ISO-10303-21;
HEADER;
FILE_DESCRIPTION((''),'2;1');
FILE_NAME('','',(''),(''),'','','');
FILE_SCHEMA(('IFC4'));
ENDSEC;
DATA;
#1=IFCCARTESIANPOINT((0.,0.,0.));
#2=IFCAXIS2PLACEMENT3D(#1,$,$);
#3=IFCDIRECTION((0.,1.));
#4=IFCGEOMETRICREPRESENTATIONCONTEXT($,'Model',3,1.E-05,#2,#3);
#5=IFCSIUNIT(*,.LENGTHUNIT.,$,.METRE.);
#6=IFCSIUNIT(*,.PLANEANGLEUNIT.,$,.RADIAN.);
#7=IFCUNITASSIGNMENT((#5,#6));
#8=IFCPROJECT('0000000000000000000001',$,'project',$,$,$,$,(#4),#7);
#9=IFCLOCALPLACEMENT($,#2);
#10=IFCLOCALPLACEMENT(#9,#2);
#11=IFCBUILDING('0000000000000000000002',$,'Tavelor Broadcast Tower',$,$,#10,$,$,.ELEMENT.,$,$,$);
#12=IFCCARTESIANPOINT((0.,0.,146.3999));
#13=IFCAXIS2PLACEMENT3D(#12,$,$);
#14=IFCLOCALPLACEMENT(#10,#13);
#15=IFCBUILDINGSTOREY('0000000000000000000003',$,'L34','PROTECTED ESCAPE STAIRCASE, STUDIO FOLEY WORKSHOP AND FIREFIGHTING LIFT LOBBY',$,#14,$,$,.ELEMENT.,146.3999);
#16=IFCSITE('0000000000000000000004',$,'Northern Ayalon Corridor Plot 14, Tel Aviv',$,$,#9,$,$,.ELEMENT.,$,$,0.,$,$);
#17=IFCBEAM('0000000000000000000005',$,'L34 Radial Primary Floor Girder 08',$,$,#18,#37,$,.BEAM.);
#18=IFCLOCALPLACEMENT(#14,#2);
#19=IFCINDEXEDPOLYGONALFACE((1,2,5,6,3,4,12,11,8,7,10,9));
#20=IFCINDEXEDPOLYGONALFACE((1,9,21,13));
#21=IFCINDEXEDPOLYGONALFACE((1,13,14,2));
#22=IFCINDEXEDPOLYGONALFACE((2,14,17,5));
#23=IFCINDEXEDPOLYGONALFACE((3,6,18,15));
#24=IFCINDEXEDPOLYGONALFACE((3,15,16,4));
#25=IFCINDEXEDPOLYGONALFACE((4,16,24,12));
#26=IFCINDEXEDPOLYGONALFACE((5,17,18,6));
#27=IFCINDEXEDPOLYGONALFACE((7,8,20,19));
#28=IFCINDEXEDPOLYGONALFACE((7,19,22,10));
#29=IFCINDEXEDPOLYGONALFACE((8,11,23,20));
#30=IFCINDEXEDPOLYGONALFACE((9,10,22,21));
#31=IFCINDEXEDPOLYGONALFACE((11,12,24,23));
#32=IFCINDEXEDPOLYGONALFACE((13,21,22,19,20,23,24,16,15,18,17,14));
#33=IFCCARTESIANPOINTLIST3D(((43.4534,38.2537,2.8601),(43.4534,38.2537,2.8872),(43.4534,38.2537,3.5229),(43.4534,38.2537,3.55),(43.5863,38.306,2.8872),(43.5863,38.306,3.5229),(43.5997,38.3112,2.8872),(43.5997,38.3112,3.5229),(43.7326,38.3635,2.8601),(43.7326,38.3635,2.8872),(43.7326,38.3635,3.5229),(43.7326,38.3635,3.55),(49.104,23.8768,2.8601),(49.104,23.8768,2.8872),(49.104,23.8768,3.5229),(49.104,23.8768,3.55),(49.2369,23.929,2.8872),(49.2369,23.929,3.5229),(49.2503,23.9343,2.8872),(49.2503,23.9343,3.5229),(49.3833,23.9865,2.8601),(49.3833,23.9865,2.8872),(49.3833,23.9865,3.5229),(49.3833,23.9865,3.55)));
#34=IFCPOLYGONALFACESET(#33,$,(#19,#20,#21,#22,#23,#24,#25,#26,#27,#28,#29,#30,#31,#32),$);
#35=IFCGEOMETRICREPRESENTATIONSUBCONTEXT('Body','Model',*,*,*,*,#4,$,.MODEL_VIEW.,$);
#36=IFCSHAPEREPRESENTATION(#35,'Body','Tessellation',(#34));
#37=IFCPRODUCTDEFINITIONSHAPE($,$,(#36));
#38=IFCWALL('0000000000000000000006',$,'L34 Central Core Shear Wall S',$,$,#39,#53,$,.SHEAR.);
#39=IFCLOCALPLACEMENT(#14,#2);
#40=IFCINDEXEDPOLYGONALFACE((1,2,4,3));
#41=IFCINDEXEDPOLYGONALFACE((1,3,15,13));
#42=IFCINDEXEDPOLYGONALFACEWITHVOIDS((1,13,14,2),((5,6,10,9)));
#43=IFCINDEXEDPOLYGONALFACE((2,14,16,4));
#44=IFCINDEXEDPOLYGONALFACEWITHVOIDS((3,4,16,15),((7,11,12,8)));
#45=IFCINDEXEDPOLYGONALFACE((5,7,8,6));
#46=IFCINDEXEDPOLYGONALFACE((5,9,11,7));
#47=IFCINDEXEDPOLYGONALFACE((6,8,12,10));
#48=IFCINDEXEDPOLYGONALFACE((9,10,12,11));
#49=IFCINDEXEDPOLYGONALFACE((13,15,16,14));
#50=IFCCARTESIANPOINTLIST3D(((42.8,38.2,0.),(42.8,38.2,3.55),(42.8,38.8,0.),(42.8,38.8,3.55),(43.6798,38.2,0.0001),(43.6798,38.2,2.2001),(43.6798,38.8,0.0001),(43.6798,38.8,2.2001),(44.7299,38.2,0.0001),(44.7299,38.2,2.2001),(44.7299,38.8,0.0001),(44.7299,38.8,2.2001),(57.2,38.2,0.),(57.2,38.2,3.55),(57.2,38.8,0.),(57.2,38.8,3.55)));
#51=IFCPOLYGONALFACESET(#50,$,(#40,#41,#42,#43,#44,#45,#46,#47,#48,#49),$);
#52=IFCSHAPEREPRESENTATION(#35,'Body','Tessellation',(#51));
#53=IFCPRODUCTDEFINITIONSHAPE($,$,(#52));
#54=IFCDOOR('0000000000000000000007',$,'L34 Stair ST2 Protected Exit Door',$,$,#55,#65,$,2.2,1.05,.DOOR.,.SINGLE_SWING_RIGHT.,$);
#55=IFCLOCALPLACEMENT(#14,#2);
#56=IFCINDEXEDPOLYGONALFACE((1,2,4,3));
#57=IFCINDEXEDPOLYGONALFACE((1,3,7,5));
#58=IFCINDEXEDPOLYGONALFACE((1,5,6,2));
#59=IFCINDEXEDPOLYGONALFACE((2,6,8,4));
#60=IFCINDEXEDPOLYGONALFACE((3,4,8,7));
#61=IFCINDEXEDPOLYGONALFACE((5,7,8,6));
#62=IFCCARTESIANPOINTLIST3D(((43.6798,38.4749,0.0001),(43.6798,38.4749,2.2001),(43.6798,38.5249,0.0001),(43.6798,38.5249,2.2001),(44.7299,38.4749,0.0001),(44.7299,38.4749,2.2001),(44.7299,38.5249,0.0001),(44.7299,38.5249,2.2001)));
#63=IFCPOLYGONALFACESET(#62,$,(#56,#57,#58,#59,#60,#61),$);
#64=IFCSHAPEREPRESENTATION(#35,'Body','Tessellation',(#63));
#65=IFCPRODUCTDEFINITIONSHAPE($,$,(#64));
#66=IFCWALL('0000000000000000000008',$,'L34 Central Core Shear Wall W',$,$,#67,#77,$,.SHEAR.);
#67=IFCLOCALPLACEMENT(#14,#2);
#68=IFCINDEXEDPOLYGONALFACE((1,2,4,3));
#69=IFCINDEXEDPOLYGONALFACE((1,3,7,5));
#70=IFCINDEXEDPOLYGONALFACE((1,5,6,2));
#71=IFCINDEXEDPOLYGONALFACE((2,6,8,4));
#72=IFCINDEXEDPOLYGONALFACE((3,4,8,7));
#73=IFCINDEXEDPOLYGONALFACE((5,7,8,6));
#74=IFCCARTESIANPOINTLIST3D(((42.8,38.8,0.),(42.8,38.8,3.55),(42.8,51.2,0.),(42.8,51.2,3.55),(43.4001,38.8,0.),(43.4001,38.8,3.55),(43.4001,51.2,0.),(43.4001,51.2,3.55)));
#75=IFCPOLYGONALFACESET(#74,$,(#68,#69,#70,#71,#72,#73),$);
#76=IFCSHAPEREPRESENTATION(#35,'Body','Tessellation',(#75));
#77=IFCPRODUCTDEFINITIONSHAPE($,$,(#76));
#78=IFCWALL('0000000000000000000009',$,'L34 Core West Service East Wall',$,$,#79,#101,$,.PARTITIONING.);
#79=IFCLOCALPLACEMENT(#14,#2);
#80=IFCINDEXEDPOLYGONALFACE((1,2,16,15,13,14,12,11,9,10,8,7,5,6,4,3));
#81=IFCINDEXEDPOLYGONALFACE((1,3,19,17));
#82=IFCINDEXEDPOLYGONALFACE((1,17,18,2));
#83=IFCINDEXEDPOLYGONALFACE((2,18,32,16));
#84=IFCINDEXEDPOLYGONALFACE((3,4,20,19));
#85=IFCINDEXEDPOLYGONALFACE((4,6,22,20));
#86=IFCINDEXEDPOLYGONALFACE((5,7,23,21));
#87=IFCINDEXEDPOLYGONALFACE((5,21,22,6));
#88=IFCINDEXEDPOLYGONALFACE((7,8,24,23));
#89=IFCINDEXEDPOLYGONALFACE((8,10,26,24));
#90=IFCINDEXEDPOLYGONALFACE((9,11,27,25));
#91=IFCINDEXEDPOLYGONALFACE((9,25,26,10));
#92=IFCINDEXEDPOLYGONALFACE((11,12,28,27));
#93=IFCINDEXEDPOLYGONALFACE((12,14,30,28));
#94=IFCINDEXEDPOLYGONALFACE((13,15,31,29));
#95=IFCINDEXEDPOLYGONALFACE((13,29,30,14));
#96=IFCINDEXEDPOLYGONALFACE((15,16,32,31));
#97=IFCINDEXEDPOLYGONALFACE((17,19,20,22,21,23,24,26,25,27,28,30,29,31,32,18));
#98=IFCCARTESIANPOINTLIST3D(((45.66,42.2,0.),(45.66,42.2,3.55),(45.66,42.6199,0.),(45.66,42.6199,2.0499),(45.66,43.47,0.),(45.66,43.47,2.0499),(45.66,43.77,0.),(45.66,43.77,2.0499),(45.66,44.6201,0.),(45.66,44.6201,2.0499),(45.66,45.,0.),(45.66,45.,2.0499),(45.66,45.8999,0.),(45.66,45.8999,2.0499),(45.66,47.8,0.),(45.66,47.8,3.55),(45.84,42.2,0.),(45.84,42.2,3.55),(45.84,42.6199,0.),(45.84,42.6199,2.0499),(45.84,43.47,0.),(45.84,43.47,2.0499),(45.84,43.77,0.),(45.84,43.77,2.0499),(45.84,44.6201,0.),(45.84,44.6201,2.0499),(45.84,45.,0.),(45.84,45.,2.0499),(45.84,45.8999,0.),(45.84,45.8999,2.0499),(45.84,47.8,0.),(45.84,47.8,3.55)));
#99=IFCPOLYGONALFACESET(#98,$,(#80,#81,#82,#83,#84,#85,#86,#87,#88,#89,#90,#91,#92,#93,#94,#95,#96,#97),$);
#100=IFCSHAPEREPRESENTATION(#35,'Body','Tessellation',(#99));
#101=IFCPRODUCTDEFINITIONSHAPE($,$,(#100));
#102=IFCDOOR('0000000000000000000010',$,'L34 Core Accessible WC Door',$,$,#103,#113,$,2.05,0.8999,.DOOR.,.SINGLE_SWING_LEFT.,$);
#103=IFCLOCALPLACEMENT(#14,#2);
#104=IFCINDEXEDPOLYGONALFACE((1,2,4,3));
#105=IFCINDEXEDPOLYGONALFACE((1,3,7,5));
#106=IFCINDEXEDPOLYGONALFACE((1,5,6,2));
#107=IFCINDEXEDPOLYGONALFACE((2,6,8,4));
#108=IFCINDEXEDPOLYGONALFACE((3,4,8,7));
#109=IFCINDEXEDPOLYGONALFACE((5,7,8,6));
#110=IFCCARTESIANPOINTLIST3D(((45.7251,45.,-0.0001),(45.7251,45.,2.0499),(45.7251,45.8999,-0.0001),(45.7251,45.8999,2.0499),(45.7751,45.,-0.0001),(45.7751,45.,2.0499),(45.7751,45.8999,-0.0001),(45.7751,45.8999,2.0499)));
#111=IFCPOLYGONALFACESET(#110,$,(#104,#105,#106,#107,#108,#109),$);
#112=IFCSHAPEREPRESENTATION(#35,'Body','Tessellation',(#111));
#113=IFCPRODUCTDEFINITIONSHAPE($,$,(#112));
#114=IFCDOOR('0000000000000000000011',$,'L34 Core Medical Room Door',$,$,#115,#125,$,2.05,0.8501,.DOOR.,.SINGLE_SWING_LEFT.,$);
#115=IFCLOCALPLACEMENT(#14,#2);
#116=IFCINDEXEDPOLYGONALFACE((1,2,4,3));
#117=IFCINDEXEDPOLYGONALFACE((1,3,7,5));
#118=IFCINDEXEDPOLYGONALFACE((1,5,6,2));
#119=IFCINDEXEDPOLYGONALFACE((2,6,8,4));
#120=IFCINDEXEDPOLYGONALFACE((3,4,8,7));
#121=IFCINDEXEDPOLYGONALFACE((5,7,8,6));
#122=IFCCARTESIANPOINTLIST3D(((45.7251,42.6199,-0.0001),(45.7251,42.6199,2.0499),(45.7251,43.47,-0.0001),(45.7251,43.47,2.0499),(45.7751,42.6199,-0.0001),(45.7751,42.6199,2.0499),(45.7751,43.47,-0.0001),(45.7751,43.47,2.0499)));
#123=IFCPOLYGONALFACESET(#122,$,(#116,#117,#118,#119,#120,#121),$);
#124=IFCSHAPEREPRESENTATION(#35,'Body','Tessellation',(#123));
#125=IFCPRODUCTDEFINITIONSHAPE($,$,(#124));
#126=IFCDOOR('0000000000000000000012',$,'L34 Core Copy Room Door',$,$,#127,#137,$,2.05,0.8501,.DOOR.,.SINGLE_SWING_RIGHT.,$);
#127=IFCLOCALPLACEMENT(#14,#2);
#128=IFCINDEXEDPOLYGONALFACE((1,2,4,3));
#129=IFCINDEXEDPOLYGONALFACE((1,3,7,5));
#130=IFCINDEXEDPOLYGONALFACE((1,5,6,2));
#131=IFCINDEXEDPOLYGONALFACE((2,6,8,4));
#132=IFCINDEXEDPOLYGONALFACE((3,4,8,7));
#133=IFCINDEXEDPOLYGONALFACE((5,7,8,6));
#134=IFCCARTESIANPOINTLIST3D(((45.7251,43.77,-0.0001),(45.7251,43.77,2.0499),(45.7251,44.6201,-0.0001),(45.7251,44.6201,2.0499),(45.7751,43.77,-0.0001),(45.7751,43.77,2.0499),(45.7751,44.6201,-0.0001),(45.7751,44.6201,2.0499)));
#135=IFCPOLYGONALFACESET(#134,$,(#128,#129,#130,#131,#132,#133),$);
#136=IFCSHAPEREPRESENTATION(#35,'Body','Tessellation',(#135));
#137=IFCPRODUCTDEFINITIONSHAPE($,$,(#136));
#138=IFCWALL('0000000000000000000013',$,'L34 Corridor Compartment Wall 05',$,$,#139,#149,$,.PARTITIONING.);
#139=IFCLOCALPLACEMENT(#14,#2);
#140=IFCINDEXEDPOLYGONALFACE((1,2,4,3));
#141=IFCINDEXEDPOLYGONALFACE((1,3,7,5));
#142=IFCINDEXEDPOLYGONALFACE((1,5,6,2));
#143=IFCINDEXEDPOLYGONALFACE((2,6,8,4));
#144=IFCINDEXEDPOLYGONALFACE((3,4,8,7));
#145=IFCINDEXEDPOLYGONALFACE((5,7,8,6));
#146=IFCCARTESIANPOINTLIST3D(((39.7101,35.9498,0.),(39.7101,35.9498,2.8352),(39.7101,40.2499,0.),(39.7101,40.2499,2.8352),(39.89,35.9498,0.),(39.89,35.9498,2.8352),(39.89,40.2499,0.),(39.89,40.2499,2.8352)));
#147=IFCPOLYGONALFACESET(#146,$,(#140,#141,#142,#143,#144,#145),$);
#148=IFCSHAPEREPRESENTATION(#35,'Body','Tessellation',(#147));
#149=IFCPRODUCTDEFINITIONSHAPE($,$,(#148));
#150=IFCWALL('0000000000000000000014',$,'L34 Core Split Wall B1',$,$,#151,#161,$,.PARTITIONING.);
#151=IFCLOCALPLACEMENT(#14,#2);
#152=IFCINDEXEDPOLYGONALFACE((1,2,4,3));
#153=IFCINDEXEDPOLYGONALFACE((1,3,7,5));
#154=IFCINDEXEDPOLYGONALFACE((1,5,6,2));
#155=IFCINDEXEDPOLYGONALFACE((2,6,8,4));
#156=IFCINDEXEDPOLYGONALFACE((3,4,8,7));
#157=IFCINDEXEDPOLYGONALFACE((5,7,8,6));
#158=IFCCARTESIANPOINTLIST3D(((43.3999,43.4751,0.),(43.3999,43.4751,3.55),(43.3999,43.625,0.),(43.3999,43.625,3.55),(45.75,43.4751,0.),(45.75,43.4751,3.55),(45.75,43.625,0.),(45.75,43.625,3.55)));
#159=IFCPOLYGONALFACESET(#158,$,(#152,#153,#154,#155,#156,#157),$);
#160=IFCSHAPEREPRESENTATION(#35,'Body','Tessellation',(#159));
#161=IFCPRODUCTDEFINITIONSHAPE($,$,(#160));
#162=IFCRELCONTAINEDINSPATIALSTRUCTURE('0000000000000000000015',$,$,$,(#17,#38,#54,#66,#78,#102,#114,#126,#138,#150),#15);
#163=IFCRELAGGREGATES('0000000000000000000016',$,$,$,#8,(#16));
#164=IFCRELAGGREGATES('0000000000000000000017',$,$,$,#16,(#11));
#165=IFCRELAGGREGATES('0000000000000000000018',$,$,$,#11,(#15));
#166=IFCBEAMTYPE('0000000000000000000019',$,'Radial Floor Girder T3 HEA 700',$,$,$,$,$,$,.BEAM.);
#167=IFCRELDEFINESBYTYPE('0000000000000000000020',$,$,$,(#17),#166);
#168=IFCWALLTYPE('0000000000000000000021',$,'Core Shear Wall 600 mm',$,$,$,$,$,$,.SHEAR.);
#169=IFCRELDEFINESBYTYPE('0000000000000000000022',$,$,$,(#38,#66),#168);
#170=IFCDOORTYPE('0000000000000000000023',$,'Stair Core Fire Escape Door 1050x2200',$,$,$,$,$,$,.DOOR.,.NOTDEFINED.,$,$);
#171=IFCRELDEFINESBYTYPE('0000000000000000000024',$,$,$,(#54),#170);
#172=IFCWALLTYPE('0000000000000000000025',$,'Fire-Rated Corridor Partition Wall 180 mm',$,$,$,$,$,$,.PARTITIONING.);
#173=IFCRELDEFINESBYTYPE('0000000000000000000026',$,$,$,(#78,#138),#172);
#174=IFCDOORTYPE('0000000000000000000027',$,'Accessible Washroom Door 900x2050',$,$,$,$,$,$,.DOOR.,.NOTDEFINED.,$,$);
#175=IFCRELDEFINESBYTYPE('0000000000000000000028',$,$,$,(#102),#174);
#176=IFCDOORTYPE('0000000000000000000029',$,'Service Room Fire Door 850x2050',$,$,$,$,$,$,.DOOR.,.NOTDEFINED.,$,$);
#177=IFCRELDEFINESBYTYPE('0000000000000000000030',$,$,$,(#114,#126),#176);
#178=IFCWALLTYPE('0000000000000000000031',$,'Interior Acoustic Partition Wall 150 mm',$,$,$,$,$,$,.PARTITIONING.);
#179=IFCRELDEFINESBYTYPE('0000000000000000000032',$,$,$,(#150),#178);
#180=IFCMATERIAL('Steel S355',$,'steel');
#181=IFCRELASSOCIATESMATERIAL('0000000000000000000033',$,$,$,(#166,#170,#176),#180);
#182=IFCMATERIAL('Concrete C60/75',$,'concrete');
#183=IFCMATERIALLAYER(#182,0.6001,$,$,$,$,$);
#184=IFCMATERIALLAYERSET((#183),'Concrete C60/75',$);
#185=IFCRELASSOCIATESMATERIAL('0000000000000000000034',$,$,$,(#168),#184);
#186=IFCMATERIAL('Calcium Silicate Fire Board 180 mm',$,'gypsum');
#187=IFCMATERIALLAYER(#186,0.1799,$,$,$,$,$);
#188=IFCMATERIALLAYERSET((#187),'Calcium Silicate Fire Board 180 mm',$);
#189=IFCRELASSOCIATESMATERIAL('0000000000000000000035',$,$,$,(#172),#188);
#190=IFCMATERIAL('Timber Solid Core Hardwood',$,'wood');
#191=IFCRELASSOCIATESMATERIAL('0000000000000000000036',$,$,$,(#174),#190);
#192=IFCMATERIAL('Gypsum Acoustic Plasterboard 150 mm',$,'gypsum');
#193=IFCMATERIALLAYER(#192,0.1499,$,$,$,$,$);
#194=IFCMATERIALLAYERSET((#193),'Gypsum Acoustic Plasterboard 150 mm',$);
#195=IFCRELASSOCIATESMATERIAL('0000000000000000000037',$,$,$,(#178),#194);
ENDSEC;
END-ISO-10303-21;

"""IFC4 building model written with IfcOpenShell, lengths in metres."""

from ifc_helpers import new_model, si_unit, direction, frame, frame_2d, origin, origin_2d, place, context, subcontext, project, spatial, rectangle, i_section, extrude, material, layer, layer_set, material_profile, profile_set, type_object, element, fill, save


model = new_model("IFC4")

# Units and contexts
model_context = context("Model", 3, precision=1e-05, world=origin(), true_north=direction((0.0, 1.0)))
body_context = subcontext(model_context, "Body", "Model", "MODEL_VIEW")
ifc_project = project(units=[si_unit("LENGTHUNIT", "METRE"), si_unit("PLANEANGLEUNIT", "RADIAN")], contexts=[model_context])

# Site, building, storey
site_placement = place(None, origin())
site = spatial("IfcSite", under=ifc_project, at=site_placement, Name="Northern Ayalon Corridor Plot 14, Tel Aviv", CompositionType="ELEMENT", RefElevation=0.0)
building_placement = place(site_placement, origin())
building = spatial("IfcBuilding", under=site, at=building_placement, Name="Tavelor Broadcast Tower", CompositionType="ELEMENT")
storey_placement = place(building_placement, frame((0.0, 0.0, 146.3999)))
storey = spatial("IfcBuildingStorey", under=building, at=storey_placement, Name="L34", Description="PROTECTED ESCAPE STAIRCASE, STUDIO FOLEY WORKSHOP AND FIREFIGHTING LIFT LOBBY", CompositionType="ELEMENT", Elevation=146.3999)

# Shared definitions
ifc_material_1 = material(Name="Concrete C60/75", Category="concrete")

# Beam
ifc_material_2 = material(Name="Steel S355", Category="steel")
ifc_material_profile_1 = material_profile(ifc_material_2, i_section(OverallWidth=0.3, OverallDepth=0.6899, WebThickness=0.0144, FlangeThickness=0.0271, at=origin_2d()), Name="HEA 700")
ifc_profile_set_1 = profile_set([ifc_material_profile_1], Name="Steel S355")
beam_type_1 = type_object("IfcBeamType", Name="Radial Floor Girder T3 HEA 700", PredefinedType="BEAM", material=ifc_profile_set_1)
beam_1_placement = place(storey_placement, frame((43.593, 38.3086, 3.2051), z_axis=(0.365795, -0.930695, 0.0), x_axis=(0.930695, 0.365795, 0.0)))
element("IfcBeam", 1, at=beam_1_placement, inside=storey, type_object=beam_type_1, Name="L34 Radial Primary Floor Girder 08", PredefinedType="BEAM", context=body_context, shape_type="SweptSolid", body=[
    extrude(i_section(OverallWidth=0.3, OverallDepth=0.6899, WebThickness=0.0144, FlangeThickness=0.0271, at=origin_2d()), origin(), (0.0, 0.0, 1.0), 15.4475),
])

# Wall, opening, door
ifc_layer_1 = layer(ifc_material_1, 0.6001)
ifc_layer_set_1 = layer_set([ifc_layer_1], Name="Concrete C60/75")
wall_type_1 = type_object("IfcWallType", Name="Core Shear Wall 600 mm", PredefinedType="SHEAR", material=ifc_layer_set_1)
wall_1_placement = place(storey_placement, frame((42.8, 38.5, 0.0), z_axis=(0.0, 0.0, 1.0), x_axis=(1.0, 0.0, 0.0)))
wall_1 = element("IfcWall", 2, at=wall_1_placement, inside=storey, type_object=wall_type_1, Name="L34 Central Core Shear Wall S", PredefinedType="SHEAR", context=body_context, shape_type="SweptSolid", body=[
    extrude(rectangle(XDim=14.3999, YDim=0.6001, at=frame_2d((7.2, 0.0))), origin(), (0.0, 0.0, 1.0), 3.55),
])
opening_1_placement = place(wall_1_placement, frame((0.8799, 0.0, 0.0)))
opening_1 = element("IfcOpeningElement", 3, at=opening_1_placement, cuts=wall_1, PredefinedType="OPENING", context=body_context, shape_type="SweptSolid", body=[
    extrude(rectangle(XDim=1.05, YDim=2.2, at=frame_2d((0.5249, 1.1001))), frame((0.0, 0.3101, 0.0), z_axis=(0.0, -1.0, 0.0), x_axis=(1.0, 0.0, 0.0)), (0.0, 0.0, 1.0), 0.6201),
])
door_type_1 = type_object("IfcDoorType", Name="Stair Core Fire Escape Door 1050x2200", OperationType="NOTDEFINED", PredefinedType="DOOR", material=ifc_material_2)
door_1_placement = place(opening_1_placement, origin())
door_1 = element("IfcDoor", 4, at=door_1_placement, inside=storey, type_object=door_type_1, Name="L34 Stair ST2 Protected Exit Door", OperationType="SINGLE_SWING_RIGHT", OverallHeight=2.2, OverallWidth=1.05, PredefinedType="DOOR", context=body_context, shape_type="SweptSolid", body=[
    extrude(rectangle(XDim=1.05, YDim=2.2, at=frame_2d((0.5249, 1.1001))), frame((0.0, 0.0249, 0.0), z_axis=(0.0, -1.0, 0.0), x_axis=(1.0, 0.0, 0.0)), (0.0, 0.0, 1.0), 0.05),
])
fill(opening_1, door_1)

# Wall
wall_2_placement = place(storey_placement, frame((43.1001, 38.8, 0.0), z_axis=(0.0, 0.0, 1.0), x_axis=(0.0, 1.0, 0.0)))
element("IfcWall", 5, at=wall_2_placement, inside=storey, type_object=wall_type_1, Name="L34 Central Core Shear Wall W", PredefinedType="SHEAR", context=body_context, shape_type="SweptSolid", body=[
    extrude(rectangle(XDim=12.3999, YDim=0.6001, at=frame_2d((6.2, 0.0))), origin(), (0.0, 0.0, 1.0), 3.55),
])

# Wall, openings, doors
ifc_material_3 = material(Name="Calcium Silicate Fire Board 180 mm", Category="gypsum")
ifc_layer_2 = layer(ifc_material_3, 0.1799)
ifc_layer_set_2 = layer_set([ifc_layer_2], Name="Calcium Silicate Fire Board 180 mm")
wall_type_2 = type_object("IfcWallType", Name="Fire-Rated Corridor Partition Wall 180 mm", PredefinedType="PARTITIONING", material=ifc_layer_set_2)
wall_3_placement = place(storey_placement, frame((45.75, 42.2, 0.0), z_axis=(0.0, 0.0, 1.0), x_axis=(0.0, 1.0, 0.0)))
wall_3 = element("IfcWall", 6, at=wall_3_placement, inside=storey, type_object=wall_type_2, Name="L34 Core West Service East Wall", PredefinedType="PARTITIONING", context=body_context, shape_type="SweptSolid", body=[
    extrude(rectangle(XDim=5.6001, YDim=0.1799, at=frame_2d((2.8, 0.0))), origin(), (0.0, 0.0, 1.0), 3.55),
])
opening_2_placement = place(wall_3_placement, frame((0.4199, 0.0, 0.0)))
opening_2 = element("IfcOpeningElement", 7, at=opening_2_placement, cuts=wall_3, PredefinedType="OPENING", context=body_context, shape_type="SweptSolid", body=[
    extrude(rectangle(XDim=0.8501, YDim=2.05, at=frame_2d((0.425, 1.0249))), frame((0.0, 0.1001, 0.0), z_axis=(0.0, -1.0, 0.0), x_axis=(1.0, 0.0, 0.0)), (0.0, 0.0, 1.0), 0.2),
])
opening_3_placement = place(wall_3_placement, frame((1.5701, 0.0, 0.0)))
opening_3 = element("IfcOpeningElement", 8, at=opening_3_placement, cuts=wall_3, PredefinedType="OPENING", context=body_context, shape_type="SweptSolid", body=[
    extrude(rectangle(XDim=0.8501, YDim=2.05, at=frame_2d((0.425, 1.0249))), frame((0.0, 0.1001, 0.0), z_axis=(0.0, -1.0, 0.0), x_axis=(1.0, 0.0, 0.0)), (0.0, 0.0, 1.0), 0.2),
])
opening_4_placement = place(wall_3_placement, frame((2.8, 0.0, 0.0)))
opening_4 = element("IfcOpeningElement", 9, at=opening_4_placement, cuts=wall_3, PredefinedType="OPENING", context=body_context, shape_type="SweptSolid", body=[
    extrude(rectangle(XDim=0.8999, YDim=2.05, at=frame_2d((0.45, 1.0249))), frame((0.0, 0.1001, 0.0), z_axis=(0.0, -1.0, 0.0), x_axis=(1.0, 0.0, 0.0)), (0.0, 0.0, 1.0), 0.2),
])
ifc_material_4 = material(Name="Timber Solid Core Hardwood", Category="wood")
door_type_2 = type_object("IfcDoorType", Name="Accessible Washroom Door 900x2050", OperationType="NOTDEFINED", PredefinedType="DOOR", material=ifc_material_4)
door_2_placement = place(opening_4_placement, origin())
door_2 = element("IfcDoor", 10, at=door_2_placement, inside=storey, type_object=door_type_2, Name="L34 Core Accessible WC Door", OperationType="SINGLE_SWING_LEFT", OverallHeight=2.05, OverallWidth=0.8999, PredefinedType="DOOR", context=body_context, shape_type="SweptSolid", body=[
    extrude(rectangle(XDim=0.8999, YDim=2.05, at=frame_2d((0.45, 1.0249))), frame((0.0, 0.0249, 0.0), z_axis=(0.0, -1.0, 0.0), x_axis=(1.0, 0.0, 0.0)), (0.0, 0.0, 1.0), 0.05),
])
fill(opening_4, door_2)
door_type_3 = type_object("IfcDoorType", Name="Service Room Fire Door 850x2050", OperationType="NOTDEFINED", PredefinedType="DOOR", material=ifc_material_2)
door_3_placement = place(opening_2_placement, origin())
door_3 = element("IfcDoor", 11, at=door_3_placement, inside=storey, type_object=door_type_3, Name="L34 Core Medical Room Door", OperationType="SINGLE_SWING_LEFT", OverallHeight=2.05, OverallWidth=0.8501, PredefinedType="DOOR", context=body_context, shape_type="SweptSolid", body=[
    extrude(rectangle(XDim=0.8501, YDim=2.05, at=frame_2d((0.425, 1.0249))), frame((0.0, 0.0249, 0.0), z_axis=(0.0, -1.0, 0.0), x_axis=(1.0, 0.0, 0.0)), (0.0, 0.0, 1.0), 0.05),
])
fill(opening_2, door_3)
door_4_placement = place(opening_3_placement, origin())
door_4 = element("IfcDoor", 12, at=door_4_placement, inside=storey, type_object=door_type_3, Name="L34 Core Copy Room Door", OperationType="SINGLE_SWING_RIGHT", OverallHeight=2.05, OverallWidth=0.8501, PredefinedType="DOOR", context=body_context, shape_type="SweptSolid", body=[
    extrude(rectangle(XDim=0.8501, YDim=2.05, at=frame_2d((0.425, 1.0249))), frame((0.0, 0.0249, 0.0), z_axis=(0.0, -1.0, 0.0), x_axis=(1.0, 0.0, 0.0)), (0.0, 0.0, 1.0), 0.05),
])
fill(opening_3, door_4)

# Walls
wall_4_placement = place(storey_placement, frame((39.8, 35.95, 0.0), z_axis=(0.0, 0.0, 1.0), x_axis=(0.0, 1.0, 0.0)))
element("IfcWall", 13, at=wall_4_placement, inside=storey, type_object=wall_type_2, Name="L34 Corridor Compartment Wall 05", PredefinedType="PARTITIONING", context=body_context, shape_type="SweptSolid", body=[
    extrude(rectangle(XDim=4.3, YDim=0.1799, at=frame_2d((2.1499, 0.0))), origin(), (0.0, 0.0, 1.0), 2.8352),
])
ifc_material_5 = material(Name="Gypsum Acoustic Plasterboard 150 mm", Category="gypsum")
ifc_layer_3 = layer(ifc_material_5, 0.1499)
ifc_layer_set_3 = layer_set([ifc_layer_3], Name="Gypsum Acoustic Plasterboard 150 mm")
wall_type_3 = type_object("IfcWallType", Name="Interior Acoustic Partition Wall 150 mm", PredefinedType="PARTITIONING", material=ifc_layer_set_3)
for number, where, z_axis, x_axis, name in (
    (14, (43.3999, 43.55, 0.0), (0.0, 0.0, 1.0), (1.0, 0.0, 0.0), "L34 Core Split Wall B1"),
):
    element("IfcWall", number, at=place(storey_placement, frame(where, z_axis=z_axis, x_axis=x_axis)), inside=storey, type_object=wall_type_3, Name=name, PredefinedType="PARTITIONING", context=body_context, shape_type="SweptSolid", body=[
        extrude(rectangle(XDim=2.3501, YDim=0.1499, at=frame_2d((1.175, 0.0))), origin(), (0.0, 0.0, 1.0), 3.55),
    ])

save(model, "model.ifc")
